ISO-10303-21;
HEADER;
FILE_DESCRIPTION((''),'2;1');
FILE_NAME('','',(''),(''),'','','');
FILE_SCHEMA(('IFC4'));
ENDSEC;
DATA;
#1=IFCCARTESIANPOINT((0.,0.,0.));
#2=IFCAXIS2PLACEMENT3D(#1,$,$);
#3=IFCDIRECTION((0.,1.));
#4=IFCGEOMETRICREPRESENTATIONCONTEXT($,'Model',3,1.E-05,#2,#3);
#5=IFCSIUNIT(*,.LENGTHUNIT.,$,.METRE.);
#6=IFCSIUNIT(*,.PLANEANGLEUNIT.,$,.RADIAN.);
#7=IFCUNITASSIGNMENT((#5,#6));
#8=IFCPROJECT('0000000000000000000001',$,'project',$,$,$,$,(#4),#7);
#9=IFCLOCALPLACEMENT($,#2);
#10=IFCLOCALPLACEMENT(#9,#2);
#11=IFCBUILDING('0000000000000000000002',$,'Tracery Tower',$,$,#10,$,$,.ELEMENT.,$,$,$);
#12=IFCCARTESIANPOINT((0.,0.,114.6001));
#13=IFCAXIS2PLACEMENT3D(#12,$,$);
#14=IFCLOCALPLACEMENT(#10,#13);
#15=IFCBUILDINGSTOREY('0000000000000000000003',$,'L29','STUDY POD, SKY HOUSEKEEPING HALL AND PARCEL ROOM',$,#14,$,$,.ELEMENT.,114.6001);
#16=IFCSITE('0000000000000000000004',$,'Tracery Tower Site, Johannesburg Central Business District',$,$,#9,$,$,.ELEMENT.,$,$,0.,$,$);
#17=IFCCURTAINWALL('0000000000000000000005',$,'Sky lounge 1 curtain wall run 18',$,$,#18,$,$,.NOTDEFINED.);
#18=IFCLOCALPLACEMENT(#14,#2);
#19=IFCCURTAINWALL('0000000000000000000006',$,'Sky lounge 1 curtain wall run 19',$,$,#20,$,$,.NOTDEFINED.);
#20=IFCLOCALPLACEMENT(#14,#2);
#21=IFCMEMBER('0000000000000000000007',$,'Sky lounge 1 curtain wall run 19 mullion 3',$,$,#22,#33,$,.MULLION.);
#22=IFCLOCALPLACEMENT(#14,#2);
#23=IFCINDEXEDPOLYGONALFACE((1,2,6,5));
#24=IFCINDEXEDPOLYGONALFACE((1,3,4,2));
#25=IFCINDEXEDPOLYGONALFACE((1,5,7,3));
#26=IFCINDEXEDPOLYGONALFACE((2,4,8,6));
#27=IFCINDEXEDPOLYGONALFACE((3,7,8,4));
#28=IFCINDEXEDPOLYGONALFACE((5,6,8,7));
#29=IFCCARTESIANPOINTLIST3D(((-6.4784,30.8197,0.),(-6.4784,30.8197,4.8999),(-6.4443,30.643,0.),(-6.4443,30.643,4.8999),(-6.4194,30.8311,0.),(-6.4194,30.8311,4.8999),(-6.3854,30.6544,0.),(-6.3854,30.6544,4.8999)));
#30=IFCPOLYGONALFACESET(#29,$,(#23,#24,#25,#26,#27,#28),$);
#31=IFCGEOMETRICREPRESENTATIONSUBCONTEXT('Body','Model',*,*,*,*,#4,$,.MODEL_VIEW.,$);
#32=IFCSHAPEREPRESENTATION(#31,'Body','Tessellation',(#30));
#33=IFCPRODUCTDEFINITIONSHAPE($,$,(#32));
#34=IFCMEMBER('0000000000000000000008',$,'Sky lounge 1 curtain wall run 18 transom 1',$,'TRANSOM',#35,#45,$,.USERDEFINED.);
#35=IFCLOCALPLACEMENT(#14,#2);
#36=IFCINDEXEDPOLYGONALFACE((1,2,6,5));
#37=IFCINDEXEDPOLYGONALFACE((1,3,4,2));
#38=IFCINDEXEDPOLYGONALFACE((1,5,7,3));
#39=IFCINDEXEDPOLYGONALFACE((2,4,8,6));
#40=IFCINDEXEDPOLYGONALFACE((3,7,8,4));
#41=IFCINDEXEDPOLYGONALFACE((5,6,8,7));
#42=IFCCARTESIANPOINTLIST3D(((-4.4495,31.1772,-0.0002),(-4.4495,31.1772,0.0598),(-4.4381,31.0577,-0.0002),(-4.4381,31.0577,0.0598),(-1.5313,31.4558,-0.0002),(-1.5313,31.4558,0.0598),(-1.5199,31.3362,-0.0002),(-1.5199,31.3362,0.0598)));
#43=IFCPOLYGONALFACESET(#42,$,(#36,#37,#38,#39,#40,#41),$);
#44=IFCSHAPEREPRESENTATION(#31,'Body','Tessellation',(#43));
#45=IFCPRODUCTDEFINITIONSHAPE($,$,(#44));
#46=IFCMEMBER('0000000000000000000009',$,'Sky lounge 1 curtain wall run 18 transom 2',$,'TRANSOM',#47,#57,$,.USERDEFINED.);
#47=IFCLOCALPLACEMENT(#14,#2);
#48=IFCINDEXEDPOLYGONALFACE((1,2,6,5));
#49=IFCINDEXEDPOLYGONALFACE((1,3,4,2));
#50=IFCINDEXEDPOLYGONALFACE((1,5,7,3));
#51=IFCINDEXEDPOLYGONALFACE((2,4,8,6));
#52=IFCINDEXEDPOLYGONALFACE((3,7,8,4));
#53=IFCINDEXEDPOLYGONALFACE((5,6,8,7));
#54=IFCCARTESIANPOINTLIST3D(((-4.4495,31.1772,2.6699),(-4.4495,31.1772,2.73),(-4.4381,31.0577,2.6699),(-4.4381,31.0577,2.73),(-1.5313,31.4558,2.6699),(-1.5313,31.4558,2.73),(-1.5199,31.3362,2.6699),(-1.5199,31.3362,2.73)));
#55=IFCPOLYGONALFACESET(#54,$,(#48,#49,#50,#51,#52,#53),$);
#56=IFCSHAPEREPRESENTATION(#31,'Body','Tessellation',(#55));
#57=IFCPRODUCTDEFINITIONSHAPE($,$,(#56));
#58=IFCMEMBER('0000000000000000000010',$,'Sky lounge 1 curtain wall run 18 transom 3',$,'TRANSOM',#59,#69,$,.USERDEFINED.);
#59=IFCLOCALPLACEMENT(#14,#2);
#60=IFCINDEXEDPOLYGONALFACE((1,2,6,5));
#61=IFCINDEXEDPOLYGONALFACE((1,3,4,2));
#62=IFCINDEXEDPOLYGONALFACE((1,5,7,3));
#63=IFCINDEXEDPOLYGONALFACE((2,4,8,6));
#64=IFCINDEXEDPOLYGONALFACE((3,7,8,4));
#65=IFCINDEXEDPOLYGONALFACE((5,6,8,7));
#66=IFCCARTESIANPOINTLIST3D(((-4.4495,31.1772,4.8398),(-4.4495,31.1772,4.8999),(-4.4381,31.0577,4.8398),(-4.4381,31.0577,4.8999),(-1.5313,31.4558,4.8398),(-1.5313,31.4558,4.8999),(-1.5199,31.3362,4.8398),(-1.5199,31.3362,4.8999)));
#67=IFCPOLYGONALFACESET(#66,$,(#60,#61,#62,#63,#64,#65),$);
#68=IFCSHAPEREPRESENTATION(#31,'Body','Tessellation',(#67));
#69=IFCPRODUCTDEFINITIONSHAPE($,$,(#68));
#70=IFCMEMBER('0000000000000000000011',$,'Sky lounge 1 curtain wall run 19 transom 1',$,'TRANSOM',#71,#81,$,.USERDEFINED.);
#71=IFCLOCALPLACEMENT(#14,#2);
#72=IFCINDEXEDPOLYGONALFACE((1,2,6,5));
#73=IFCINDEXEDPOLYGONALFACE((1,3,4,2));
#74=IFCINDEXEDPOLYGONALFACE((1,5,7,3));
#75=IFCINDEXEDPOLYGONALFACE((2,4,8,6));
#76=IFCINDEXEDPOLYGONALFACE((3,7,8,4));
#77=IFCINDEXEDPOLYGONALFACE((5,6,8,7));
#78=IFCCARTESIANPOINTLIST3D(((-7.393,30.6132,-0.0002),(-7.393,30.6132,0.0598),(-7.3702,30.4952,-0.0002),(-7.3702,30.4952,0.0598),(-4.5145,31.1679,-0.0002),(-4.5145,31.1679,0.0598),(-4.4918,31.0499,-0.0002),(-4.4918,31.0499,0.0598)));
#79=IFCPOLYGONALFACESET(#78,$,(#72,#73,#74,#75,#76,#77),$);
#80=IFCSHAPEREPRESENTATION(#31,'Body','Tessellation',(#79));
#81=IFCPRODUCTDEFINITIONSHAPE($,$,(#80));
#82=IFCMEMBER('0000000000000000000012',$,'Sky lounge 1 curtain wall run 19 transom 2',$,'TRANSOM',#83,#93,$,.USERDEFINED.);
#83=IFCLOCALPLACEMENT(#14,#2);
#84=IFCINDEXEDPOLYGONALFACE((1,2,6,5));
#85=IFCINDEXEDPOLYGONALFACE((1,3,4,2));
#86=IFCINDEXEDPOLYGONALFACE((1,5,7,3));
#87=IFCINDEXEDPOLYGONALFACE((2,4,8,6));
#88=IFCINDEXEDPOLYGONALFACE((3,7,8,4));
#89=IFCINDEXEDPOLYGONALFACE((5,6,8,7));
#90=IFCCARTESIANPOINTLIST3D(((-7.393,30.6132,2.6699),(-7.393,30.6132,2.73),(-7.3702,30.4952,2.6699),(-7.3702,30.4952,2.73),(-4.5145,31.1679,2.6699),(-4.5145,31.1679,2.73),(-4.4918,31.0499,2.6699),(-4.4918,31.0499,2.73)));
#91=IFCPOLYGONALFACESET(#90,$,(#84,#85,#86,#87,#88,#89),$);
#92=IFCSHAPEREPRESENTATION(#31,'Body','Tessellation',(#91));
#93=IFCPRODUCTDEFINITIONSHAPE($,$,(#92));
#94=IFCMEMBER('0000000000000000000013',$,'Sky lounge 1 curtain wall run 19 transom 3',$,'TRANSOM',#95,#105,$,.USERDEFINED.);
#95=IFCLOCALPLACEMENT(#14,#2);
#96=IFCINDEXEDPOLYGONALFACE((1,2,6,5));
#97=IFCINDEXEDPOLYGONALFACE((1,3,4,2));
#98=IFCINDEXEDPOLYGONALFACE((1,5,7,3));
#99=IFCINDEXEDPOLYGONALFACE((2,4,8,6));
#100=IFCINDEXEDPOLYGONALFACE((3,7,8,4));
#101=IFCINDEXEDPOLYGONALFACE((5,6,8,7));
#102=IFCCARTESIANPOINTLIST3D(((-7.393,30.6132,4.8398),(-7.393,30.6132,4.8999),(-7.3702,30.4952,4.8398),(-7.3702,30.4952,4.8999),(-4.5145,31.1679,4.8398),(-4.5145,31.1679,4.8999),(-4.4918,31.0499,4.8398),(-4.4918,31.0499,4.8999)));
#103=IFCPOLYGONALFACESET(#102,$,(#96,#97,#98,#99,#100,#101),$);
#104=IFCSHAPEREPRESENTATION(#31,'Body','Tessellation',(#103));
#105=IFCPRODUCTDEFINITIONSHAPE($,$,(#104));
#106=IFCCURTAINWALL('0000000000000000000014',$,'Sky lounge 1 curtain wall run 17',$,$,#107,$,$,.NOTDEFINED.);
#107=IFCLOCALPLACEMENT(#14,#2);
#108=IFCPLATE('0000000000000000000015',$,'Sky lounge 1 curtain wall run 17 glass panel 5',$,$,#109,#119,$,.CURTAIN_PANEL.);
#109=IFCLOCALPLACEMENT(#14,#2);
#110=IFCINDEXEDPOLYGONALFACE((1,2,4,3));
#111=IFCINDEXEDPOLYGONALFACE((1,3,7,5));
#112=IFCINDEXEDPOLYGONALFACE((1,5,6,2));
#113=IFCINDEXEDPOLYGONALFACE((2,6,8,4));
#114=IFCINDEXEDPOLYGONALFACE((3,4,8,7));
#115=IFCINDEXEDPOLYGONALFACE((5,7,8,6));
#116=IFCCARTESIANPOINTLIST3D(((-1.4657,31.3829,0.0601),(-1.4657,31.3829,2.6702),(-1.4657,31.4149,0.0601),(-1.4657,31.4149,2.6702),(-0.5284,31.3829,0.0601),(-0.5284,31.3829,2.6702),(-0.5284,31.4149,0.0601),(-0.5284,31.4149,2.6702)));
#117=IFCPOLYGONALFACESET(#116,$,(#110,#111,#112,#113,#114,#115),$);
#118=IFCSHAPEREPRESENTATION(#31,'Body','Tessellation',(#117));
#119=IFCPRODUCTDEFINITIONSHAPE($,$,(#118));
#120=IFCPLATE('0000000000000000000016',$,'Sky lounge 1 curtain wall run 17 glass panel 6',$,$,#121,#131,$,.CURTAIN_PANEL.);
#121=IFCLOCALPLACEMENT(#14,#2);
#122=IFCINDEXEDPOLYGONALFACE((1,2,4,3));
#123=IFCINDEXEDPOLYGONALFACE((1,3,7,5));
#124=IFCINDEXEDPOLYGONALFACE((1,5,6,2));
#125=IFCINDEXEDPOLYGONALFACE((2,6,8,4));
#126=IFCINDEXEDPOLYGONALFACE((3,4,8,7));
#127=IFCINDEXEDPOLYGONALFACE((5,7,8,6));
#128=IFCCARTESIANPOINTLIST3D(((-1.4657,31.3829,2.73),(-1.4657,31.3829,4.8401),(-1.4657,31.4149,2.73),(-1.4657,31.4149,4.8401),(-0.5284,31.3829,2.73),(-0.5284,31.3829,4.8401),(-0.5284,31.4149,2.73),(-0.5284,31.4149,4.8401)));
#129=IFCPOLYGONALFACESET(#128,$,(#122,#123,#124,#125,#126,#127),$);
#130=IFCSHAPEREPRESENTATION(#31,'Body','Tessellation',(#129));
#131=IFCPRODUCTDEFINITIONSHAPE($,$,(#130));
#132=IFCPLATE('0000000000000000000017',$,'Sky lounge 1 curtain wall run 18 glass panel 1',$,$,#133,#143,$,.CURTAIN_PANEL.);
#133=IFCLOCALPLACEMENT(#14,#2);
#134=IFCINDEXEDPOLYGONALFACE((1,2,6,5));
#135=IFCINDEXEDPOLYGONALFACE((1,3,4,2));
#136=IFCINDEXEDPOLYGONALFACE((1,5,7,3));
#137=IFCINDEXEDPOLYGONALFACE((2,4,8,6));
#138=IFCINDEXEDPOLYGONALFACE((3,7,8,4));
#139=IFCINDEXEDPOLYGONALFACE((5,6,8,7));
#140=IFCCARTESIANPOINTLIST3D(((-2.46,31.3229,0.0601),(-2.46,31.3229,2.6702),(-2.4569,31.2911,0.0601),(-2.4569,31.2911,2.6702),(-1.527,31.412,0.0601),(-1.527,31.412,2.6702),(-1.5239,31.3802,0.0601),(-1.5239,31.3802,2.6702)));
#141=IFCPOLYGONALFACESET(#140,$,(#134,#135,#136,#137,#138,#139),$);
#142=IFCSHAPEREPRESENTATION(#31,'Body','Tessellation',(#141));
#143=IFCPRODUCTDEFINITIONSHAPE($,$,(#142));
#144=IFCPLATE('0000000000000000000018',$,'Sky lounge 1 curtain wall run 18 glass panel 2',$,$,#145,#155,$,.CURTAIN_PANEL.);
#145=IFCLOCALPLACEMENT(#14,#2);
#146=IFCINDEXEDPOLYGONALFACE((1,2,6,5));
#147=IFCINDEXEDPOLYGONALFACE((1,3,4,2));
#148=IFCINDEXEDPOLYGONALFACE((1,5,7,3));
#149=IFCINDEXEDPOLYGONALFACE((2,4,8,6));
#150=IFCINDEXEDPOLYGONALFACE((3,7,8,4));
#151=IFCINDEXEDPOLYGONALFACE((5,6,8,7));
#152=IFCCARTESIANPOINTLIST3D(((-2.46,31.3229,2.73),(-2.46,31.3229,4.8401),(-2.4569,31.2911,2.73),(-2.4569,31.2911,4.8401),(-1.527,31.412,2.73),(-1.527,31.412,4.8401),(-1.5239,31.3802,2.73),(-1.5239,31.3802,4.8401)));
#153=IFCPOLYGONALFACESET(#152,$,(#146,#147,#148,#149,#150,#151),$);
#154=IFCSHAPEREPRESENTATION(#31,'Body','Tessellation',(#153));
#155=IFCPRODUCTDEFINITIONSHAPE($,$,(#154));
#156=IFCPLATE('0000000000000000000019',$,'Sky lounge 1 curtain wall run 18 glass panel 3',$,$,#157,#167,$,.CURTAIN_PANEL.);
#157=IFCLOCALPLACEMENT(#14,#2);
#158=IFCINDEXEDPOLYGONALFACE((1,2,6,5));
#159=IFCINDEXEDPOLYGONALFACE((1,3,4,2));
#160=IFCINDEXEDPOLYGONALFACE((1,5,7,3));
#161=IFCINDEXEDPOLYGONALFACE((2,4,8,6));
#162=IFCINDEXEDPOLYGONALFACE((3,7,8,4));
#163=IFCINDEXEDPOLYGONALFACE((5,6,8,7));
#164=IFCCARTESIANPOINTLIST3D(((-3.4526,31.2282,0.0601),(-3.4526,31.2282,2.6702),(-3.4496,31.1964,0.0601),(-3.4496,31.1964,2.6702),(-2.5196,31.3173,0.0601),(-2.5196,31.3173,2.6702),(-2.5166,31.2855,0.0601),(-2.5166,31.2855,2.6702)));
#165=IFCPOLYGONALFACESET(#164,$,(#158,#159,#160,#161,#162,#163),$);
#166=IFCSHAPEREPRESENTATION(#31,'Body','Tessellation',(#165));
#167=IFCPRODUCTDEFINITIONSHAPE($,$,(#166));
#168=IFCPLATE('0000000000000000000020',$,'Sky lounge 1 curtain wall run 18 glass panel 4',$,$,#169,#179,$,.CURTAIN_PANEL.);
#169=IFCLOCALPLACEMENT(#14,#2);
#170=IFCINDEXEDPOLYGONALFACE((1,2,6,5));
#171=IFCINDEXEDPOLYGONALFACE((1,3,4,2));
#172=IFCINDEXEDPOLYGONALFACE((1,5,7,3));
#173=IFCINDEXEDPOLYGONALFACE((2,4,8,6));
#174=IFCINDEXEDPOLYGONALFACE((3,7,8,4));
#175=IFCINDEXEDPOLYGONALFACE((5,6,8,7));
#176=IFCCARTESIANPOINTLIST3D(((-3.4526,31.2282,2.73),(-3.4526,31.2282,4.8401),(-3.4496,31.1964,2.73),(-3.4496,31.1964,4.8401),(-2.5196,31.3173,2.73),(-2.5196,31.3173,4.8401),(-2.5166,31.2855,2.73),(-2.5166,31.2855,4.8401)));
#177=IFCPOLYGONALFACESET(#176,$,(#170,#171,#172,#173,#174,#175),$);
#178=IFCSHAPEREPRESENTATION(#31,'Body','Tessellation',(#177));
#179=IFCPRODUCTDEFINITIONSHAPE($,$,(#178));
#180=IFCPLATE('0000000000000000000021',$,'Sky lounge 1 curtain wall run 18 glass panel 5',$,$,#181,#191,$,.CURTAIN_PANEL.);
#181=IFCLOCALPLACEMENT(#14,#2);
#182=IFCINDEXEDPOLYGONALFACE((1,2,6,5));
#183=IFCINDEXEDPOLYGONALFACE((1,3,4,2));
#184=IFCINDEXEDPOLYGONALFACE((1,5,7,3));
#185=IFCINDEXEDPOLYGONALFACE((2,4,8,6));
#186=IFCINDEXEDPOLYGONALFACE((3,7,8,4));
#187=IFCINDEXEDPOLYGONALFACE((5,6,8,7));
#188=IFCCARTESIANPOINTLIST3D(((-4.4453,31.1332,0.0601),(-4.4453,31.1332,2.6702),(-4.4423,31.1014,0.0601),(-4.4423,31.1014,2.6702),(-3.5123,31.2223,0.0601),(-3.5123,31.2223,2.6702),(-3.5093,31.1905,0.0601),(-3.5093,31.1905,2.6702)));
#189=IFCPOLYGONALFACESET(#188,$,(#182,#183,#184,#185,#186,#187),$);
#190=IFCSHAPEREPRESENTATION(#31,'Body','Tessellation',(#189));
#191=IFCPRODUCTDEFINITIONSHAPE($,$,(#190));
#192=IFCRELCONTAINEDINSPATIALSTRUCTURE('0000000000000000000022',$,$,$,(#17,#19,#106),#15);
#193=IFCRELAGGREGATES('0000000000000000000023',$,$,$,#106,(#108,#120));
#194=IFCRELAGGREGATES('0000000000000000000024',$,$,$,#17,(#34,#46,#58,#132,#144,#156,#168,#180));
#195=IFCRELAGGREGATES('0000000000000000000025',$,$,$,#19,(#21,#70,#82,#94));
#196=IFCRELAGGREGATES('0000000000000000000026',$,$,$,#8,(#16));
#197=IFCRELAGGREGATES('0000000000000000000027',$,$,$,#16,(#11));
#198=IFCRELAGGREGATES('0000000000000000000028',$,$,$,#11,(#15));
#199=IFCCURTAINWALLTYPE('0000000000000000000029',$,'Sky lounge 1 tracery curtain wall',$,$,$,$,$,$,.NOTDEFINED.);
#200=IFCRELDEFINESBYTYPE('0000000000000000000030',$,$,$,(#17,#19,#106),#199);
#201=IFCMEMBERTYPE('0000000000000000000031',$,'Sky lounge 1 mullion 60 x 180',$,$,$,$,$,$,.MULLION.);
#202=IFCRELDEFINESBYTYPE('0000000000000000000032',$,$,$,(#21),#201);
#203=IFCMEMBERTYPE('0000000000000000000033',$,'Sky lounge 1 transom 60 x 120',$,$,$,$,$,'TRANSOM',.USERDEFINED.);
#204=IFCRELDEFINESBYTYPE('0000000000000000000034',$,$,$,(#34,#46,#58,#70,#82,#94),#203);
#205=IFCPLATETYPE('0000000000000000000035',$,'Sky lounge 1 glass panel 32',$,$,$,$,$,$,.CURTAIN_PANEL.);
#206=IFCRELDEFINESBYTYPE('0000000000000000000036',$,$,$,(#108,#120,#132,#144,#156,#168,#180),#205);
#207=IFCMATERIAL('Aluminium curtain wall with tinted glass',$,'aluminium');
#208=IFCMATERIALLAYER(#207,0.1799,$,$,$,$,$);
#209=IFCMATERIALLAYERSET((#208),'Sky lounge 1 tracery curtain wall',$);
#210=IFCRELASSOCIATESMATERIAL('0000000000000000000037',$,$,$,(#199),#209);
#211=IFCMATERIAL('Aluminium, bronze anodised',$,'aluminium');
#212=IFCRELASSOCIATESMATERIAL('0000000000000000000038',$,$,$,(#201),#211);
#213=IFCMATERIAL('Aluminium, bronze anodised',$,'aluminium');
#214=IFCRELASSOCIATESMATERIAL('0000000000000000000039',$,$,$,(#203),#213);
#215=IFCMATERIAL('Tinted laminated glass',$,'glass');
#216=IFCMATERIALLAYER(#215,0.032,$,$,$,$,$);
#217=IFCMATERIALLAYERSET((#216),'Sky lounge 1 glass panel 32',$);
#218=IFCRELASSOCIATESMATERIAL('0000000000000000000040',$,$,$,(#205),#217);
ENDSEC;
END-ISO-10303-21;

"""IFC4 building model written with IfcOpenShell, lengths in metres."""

from ifc_helpers import new_model, si_unit, direction, frame, origin, origin_2d, place, context, subcontext, project, spatial, rectangle, extrude, material, layer, layer_set, material_profile, profile_set, type_object, element, aggregate, save


model = new_model("IFC4")

# Units and contexts
model_context = context("Model", 3, precision=1e-05, world=origin(), true_north=direction((0.0, 1.0)))
body_context = subcontext(model_context, "Body", "Model", "MODEL_VIEW")
ifc_project = project(units=[si_unit("LENGTHUNIT", "METRE"), si_unit("PLANEANGLEUNIT", "RADIAN")], contexts=[model_context])

# Site, building, storey
site_placement = place(None, origin())
site = spatial("IfcSite", under=ifc_project, at=site_placement, Name="Tracery Tower Site, Johannesburg Central Business District", CompositionType="ELEMENT", RefElevation=0.0)
building_placement = place(site_placement, origin())
building = spatial("IfcBuilding", under=site, at=building_placement, Name="Tracery Tower", CompositionType="ELEMENT")
storey_placement = place(building_placement, frame((0.0, 0.0, 114.6001)))
storey = spatial("IfcBuildingStorey", under=building, at=storey_placement, Name="L29", Description="STUDY POD, SKY HOUSEKEEPING HALL AND PARCEL ROOM", CompositionType="ELEMENT", Elevation=114.6001)

# Curtain walls, member
ifc_material_1 = material(Name="Aluminium curtain wall with tinted glass", Category="aluminium")
ifc_layer_1 = layer(ifc_material_1, 0.1799)
ifc_layer_set_1 = layer_set([ifc_layer_1], Name="Sky lounge 1 tracery curtain wall")
curtain_wall_type = type_object("IfcCurtainWallType", Name="Sky lounge 1 tracery curtain wall", PredefinedType="NOTDEFINED", material=ifc_layer_set_1)
curtain_wall_1_placement = place(storey_placement, origin())
curtain_wall_1 = element("IfcCurtainWall", 1, at=curtain_wall_1_placement, inside=storey, type_object=curtain_wall_type, Name="Sky lounge 1 curtain wall run 18", PredefinedType="NOTDEFINED")
ifc_material_2 = material(Name="Aluminium, bronze anodised", Category="aluminium")
ifc_material_profile_1 = material_profile(ifc_material_2, rectangle(XDim=0.1799, YDim=0.0601, at=origin_2d()), Name="AL 60x180")
ifc_profile_set_1 = profile_set([ifc_material_profile_1], Name="Aluminium, bronze anodised")
member_type_1 = type_object("IfcMemberType", Name="Sky lounge 1 mullion 60 x 180", PredefinedType="MULLION", material=ifc_profile_set_1)
curtain_wall_2_placement = place(storey_placement, origin())
curtain_wall_2 = element("IfcCurtainWall", 2, at=curtain_wall_2_placement, inside=storey, type_object=curtain_wall_type, Name="Sky lounge 1 curtain wall run 19", PredefinedType="NOTDEFINED")
member_1_placement = place(storey_placement, frame((-6.4319, 30.7371, 0.0), z_axis=(0.0, 0.0, 1.0), x_axis=(0.189251, -0.981929, 0.0)))
member_1 = element("IfcMember", 3, at=member_1_placement, type_object=member_type_1, Name="Sky lounge 1 curtain wall run 19 mullion 3", PredefinedType="MULLION", context=body_context, shape_type="SweptSolid", body=[
    extrude(rectangle(XDim=0.1799, YDim=0.0601, at=origin_2d()), origin(), (0.0, 0.0, 1.0), 4.8999),
])

# Members
ifc_material_3 = material(Name="Aluminium, bronze anodised", Category="aluminium")
ifc_material_profile_2 = material_profile(ifc_material_3, rectangle(XDim=0.1201, YDim=0.0601, at=origin_2d()), Name="AL 60x120")
ifc_profile_set_2 = profile_set([ifc_material_profile_2], Name="Aluminium, bronze anodised")
member_type_2 = type_object("IfcMemberType", Name="Sky lounge 1 transom 60 x 120", ElementType="TRANSOM", PredefinedType="USERDEFINED", material=ifc_profile_set_2)
member_2_placement = place(storey_placement, frame((-1.5256, 31.396, 0.0298), z_axis=(-0.995475, -0.095025, 0.0), x_axis=(0.095025, -0.995475, 0.0)))
member_2 = element("IfcMember", 4, at=member_2_placement, type_object=member_type_2, Name="Sky lounge 1 curtain wall run 18 transom 1", ObjectType="TRANSOM", PredefinedType="USERDEFINED", context=body_context, shape_type="SweptSolid", body=[
    extrude(rectangle(XDim=0.1201, YDim=0.0601, at=origin_2d()), origin(), (0.0, 0.0, 1.0), 2.9314),
])
member_3_placement = place(storey_placement, frame((-1.5256, 31.396, 2.7), z_axis=(-0.995475, -0.095025, 0.0), x_axis=(0.095025, -0.995475, 0.0)))
member_3 = element("IfcMember", 5, at=member_3_placement, type_object=member_type_2, Name="Sky lounge 1 curtain wall run 18 transom 2", ObjectType="TRANSOM", PredefinedType="USERDEFINED", context=body_context, shape_type="SweptSolid", body=[
    extrude(rectangle(XDim=0.1201, YDim=0.0601, at=origin_2d()), origin(), (0.0, 0.0, 1.0), 2.9314),
])
member_4_placement = place(storey_placement, frame((-1.5256, 31.396, 4.8699), z_axis=(-0.995475, -0.095025, 0.0), x_axis=(0.095025, -0.995475, 0.0)))
member_4 = element("IfcMember", 6, at=member_4_placement, type_object=member_type_2, Name="Sky lounge 1 curtain wall run 18 transom 3", ObjectType="TRANSOM", PredefinedType="USERDEFINED", context=body_context, shape_type="SweptSolid", body=[
    extrude(rectangle(XDim=0.1201, YDim=0.0601, at=origin_2d()), origin(), (0.0, 0.0, 1.0), 2.9314),
])
member_5_placement = place(storey_placement, frame((-4.5032, 31.1089, 0.0298), z_axis=(-0.981934, -0.189224, 0.0), x_axis=(0.189224, -0.981934, 0.0)))
member_5 = element("IfcMember", 7, at=member_5_placement, type_object=member_type_2, Name="Sky lounge 1 curtain wall run 19 transom 1", ObjectType="TRANSOM", PredefinedType="USERDEFINED", context=body_context, shape_type="SweptSolid", body=[
    extrude(rectangle(XDim=0.1201, YDim=0.0601, at=origin_2d()), origin(), (0.0, 0.0, 1.0), 2.9314),
])
member_6_placement = place(storey_placement, frame((-4.5032, 31.1089, 2.7), z_axis=(-0.981934, -0.189224, 0.0), x_axis=(0.189224, -0.981934, 0.0)))
member_6 = element("IfcMember", 8, at=member_6_placement, type_object=member_type_2, Name="Sky lounge 1 curtain wall run 19 transom 2", ObjectType="TRANSOM", PredefinedType="USERDEFINED", context=body_context, shape_type="SweptSolid", body=[
    extrude(rectangle(XDim=0.1201, YDim=0.0601, at=origin_2d()), origin(), (0.0, 0.0, 1.0), 2.9314),
])
member_7_placement = place(storey_placement, frame((-4.5032, 31.1089, 4.8699), z_axis=(-0.981934, -0.189224, 0.0), x_axis=(0.189224, -0.981934, 0.0)))
member_7 = element("IfcMember", 9, at=member_7_placement, type_object=member_type_2, Name="Sky lounge 1 curtain wall run 19 transom 3", ObjectType="TRANSOM", PredefinedType="USERDEFINED", context=body_context, shape_type="SweptSolid", body=[
    extrude(rectangle(XDim=0.1201, YDim=0.0601, at=origin_2d()), origin(), (0.0, 0.0, 1.0), 2.9314),
])

# Curtain wall, plates
curtain_wall_3_placement = place(storey_placement, origin())
curtain_wall_3 = element("IfcCurtainWall", 10, at=curtain_wall_3_placement, inside=storey, type_object=curtain_wall_type, Name="Sky lounge 1 curtain wall run 17", PredefinedType="NOTDEFINED")
ifc_material_4 = material(Name="Tinted laminated glass", Category="glass")
ifc_layer_2 = layer(ifc_material_4, 0.032)
ifc_layer_set_2 = layer_set([ifc_layer_2], Name="Sky lounge 1 glass panel 32")
plate_type = type_object("IfcPlateType", Name="Sky lounge 1 glass panel 32", PredefinedType="CURTAIN_PANEL", material=ifc_layer_set_2)
plate_1_placement = place(storey_placement, frame((-0.9971, 31.3989, 0.0601), z_axis=(0.0, 0.0, 1.0), x_axis=(-1.0, 0.0, 0.0)))
plate_1 = element("IfcPlate", 11, at=plate_1_placement, type_object=plate_type, Name="Sky lounge 1 curtain wall run 17 glass panel 5", PredefinedType="CURTAIN_PANEL", context=body_context, shape_type="SweptSolid", body=[
    extrude(rectangle(XDim=0.9373, YDim=0.032, at=origin_2d()), origin(), (0.0, 0.0, 1.0), 2.6101),
])
plate_2_placement = place(storey_placement, frame((-0.9971, 31.3989, 2.73), z_axis=(0.0, 0.0, 1.0), x_axis=(-1.0, 0.0, 0.0)))
plate_2 = element("IfcPlate", 12, at=plate_2_placement, type_object=plate_type, Name="Sky lounge 1 curtain wall run 17 glass panel 6", PredefinedType="CURTAIN_PANEL", context=body_context, shape_type="SweptSolid", body=[
    extrude(rectangle(XDim=0.9373, YDim=0.032, at=origin_2d()), origin(), (0.0, 0.0, 1.0), 2.1101),
])
aggregate(curtain_wall_3, [plate_1, plate_2])

# Plates
plate_3_placement = place(storey_placement, frame((-1.9919, 31.3516, 0.0601), z_axis=(0.0, 0.0, 1.0), x_axis=(-0.995472, -0.095056, 0.0)))
plate_3 = element("IfcPlate", 13, at=plate_3_placement, type_object=plate_type, Name="Sky lounge 1 curtain wall run 18 glass panel 1", PredefinedType="CURTAIN_PANEL", context=body_context, shape_type="SweptSolid", body=[
    extrude(rectangle(XDim=0.9373, YDim=0.032, at=origin_2d()), origin(), (0.0, 0.0, 1.0), 2.6101),
])
plate_4_placement = place(storey_placement, frame((-1.9919, 31.3516, 2.73), z_axis=(0.0, 0.0, 1.0), x_axis=(-0.995472, -0.095056, 0.0)))
plate_4 = element("IfcPlate", 14, at=plate_4_placement, type_object=plate_type, Name="Sky lounge 1 curtain wall run 18 glass panel 2", PredefinedType="CURTAIN_PANEL", context=body_context, shape_type="SweptSolid", body=[
    extrude(rectangle(XDim=0.9373, YDim=0.032, at=origin_2d()), origin(), (0.0, 0.0, 1.0), 2.1101),
])
plate_5_placement = place(storey_placement, frame((-2.9846, 31.2568, 0.0601), z_axis=(0.0, 0.0, 1.0), x_axis=(-0.995472, -0.095056, 0.0)))
plate_5 = element("IfcPlate", 15, at=plate_5_placement, type_object=plate_type, Name="Sky lounge 1 curtain wall run 18 glass panel 3", PredefinedType="CURTAIN_PANEL", context=body_context, shape_type="SweptSolid", body=[
    extrude(rectangle(XDim=0.9373, YDim=0.032, at=origin_2d()), origin(), (0.0, 0.0, 1.0), 2.6101),
])
plate_6_placement = place(storey_placement, frame((-2.9846, 31.2568, 2.73), z_axis=(0.0, 0.0, 1.0), x_axis=(-0.995472, -0.095056, 0.0)))
plate_6 = element("IfcPlate", 16, at=plate_6_placement, type_object=plate_type, Name="Sky lounge 1 curtain wall run 18 glass panel 4", PredefinedType="CURTAIN_PANEL", context=body_context, shape_type="SweptSolid", body=[
    extrude(rectangle(XDim=0.9373, YDim=0.032, at=origin_2d()), origin(), (0.0, 0.0, 1.0), 2.1101),
])
plate_7_placement = place(storey_placement, frame((-3.9773, 31.1619, 0.0601), z_axis=(0.0, 0.0, 1.0), x_axis=(-0.995472, -0.095056, 0.0)))
plate_7 = element("IfcPlate", 17, at=plate_7_placement, type_object=plate_type, Name="Sky lounge 1 curtain wall run 18 glass panel 5", PredefinedType="CURTAIN_PANEL", context=body_context, shape_type="SweptSolid", body=[
    extrude(rectangle(XDim=0.9373, YDim=0.032, at=origin_2d()), origin(), (0.0, 0.0, 1.0), 2.6101),
])
aggregate(curtain_wall_1, [member_2, member_3, member_4, plate_3, plate_4, plate_5, plate_6, plate_7])
aggregate(curtain_wall_2, [member_1, member_5, member_6, member_7])

save(model, "model.ifc")
